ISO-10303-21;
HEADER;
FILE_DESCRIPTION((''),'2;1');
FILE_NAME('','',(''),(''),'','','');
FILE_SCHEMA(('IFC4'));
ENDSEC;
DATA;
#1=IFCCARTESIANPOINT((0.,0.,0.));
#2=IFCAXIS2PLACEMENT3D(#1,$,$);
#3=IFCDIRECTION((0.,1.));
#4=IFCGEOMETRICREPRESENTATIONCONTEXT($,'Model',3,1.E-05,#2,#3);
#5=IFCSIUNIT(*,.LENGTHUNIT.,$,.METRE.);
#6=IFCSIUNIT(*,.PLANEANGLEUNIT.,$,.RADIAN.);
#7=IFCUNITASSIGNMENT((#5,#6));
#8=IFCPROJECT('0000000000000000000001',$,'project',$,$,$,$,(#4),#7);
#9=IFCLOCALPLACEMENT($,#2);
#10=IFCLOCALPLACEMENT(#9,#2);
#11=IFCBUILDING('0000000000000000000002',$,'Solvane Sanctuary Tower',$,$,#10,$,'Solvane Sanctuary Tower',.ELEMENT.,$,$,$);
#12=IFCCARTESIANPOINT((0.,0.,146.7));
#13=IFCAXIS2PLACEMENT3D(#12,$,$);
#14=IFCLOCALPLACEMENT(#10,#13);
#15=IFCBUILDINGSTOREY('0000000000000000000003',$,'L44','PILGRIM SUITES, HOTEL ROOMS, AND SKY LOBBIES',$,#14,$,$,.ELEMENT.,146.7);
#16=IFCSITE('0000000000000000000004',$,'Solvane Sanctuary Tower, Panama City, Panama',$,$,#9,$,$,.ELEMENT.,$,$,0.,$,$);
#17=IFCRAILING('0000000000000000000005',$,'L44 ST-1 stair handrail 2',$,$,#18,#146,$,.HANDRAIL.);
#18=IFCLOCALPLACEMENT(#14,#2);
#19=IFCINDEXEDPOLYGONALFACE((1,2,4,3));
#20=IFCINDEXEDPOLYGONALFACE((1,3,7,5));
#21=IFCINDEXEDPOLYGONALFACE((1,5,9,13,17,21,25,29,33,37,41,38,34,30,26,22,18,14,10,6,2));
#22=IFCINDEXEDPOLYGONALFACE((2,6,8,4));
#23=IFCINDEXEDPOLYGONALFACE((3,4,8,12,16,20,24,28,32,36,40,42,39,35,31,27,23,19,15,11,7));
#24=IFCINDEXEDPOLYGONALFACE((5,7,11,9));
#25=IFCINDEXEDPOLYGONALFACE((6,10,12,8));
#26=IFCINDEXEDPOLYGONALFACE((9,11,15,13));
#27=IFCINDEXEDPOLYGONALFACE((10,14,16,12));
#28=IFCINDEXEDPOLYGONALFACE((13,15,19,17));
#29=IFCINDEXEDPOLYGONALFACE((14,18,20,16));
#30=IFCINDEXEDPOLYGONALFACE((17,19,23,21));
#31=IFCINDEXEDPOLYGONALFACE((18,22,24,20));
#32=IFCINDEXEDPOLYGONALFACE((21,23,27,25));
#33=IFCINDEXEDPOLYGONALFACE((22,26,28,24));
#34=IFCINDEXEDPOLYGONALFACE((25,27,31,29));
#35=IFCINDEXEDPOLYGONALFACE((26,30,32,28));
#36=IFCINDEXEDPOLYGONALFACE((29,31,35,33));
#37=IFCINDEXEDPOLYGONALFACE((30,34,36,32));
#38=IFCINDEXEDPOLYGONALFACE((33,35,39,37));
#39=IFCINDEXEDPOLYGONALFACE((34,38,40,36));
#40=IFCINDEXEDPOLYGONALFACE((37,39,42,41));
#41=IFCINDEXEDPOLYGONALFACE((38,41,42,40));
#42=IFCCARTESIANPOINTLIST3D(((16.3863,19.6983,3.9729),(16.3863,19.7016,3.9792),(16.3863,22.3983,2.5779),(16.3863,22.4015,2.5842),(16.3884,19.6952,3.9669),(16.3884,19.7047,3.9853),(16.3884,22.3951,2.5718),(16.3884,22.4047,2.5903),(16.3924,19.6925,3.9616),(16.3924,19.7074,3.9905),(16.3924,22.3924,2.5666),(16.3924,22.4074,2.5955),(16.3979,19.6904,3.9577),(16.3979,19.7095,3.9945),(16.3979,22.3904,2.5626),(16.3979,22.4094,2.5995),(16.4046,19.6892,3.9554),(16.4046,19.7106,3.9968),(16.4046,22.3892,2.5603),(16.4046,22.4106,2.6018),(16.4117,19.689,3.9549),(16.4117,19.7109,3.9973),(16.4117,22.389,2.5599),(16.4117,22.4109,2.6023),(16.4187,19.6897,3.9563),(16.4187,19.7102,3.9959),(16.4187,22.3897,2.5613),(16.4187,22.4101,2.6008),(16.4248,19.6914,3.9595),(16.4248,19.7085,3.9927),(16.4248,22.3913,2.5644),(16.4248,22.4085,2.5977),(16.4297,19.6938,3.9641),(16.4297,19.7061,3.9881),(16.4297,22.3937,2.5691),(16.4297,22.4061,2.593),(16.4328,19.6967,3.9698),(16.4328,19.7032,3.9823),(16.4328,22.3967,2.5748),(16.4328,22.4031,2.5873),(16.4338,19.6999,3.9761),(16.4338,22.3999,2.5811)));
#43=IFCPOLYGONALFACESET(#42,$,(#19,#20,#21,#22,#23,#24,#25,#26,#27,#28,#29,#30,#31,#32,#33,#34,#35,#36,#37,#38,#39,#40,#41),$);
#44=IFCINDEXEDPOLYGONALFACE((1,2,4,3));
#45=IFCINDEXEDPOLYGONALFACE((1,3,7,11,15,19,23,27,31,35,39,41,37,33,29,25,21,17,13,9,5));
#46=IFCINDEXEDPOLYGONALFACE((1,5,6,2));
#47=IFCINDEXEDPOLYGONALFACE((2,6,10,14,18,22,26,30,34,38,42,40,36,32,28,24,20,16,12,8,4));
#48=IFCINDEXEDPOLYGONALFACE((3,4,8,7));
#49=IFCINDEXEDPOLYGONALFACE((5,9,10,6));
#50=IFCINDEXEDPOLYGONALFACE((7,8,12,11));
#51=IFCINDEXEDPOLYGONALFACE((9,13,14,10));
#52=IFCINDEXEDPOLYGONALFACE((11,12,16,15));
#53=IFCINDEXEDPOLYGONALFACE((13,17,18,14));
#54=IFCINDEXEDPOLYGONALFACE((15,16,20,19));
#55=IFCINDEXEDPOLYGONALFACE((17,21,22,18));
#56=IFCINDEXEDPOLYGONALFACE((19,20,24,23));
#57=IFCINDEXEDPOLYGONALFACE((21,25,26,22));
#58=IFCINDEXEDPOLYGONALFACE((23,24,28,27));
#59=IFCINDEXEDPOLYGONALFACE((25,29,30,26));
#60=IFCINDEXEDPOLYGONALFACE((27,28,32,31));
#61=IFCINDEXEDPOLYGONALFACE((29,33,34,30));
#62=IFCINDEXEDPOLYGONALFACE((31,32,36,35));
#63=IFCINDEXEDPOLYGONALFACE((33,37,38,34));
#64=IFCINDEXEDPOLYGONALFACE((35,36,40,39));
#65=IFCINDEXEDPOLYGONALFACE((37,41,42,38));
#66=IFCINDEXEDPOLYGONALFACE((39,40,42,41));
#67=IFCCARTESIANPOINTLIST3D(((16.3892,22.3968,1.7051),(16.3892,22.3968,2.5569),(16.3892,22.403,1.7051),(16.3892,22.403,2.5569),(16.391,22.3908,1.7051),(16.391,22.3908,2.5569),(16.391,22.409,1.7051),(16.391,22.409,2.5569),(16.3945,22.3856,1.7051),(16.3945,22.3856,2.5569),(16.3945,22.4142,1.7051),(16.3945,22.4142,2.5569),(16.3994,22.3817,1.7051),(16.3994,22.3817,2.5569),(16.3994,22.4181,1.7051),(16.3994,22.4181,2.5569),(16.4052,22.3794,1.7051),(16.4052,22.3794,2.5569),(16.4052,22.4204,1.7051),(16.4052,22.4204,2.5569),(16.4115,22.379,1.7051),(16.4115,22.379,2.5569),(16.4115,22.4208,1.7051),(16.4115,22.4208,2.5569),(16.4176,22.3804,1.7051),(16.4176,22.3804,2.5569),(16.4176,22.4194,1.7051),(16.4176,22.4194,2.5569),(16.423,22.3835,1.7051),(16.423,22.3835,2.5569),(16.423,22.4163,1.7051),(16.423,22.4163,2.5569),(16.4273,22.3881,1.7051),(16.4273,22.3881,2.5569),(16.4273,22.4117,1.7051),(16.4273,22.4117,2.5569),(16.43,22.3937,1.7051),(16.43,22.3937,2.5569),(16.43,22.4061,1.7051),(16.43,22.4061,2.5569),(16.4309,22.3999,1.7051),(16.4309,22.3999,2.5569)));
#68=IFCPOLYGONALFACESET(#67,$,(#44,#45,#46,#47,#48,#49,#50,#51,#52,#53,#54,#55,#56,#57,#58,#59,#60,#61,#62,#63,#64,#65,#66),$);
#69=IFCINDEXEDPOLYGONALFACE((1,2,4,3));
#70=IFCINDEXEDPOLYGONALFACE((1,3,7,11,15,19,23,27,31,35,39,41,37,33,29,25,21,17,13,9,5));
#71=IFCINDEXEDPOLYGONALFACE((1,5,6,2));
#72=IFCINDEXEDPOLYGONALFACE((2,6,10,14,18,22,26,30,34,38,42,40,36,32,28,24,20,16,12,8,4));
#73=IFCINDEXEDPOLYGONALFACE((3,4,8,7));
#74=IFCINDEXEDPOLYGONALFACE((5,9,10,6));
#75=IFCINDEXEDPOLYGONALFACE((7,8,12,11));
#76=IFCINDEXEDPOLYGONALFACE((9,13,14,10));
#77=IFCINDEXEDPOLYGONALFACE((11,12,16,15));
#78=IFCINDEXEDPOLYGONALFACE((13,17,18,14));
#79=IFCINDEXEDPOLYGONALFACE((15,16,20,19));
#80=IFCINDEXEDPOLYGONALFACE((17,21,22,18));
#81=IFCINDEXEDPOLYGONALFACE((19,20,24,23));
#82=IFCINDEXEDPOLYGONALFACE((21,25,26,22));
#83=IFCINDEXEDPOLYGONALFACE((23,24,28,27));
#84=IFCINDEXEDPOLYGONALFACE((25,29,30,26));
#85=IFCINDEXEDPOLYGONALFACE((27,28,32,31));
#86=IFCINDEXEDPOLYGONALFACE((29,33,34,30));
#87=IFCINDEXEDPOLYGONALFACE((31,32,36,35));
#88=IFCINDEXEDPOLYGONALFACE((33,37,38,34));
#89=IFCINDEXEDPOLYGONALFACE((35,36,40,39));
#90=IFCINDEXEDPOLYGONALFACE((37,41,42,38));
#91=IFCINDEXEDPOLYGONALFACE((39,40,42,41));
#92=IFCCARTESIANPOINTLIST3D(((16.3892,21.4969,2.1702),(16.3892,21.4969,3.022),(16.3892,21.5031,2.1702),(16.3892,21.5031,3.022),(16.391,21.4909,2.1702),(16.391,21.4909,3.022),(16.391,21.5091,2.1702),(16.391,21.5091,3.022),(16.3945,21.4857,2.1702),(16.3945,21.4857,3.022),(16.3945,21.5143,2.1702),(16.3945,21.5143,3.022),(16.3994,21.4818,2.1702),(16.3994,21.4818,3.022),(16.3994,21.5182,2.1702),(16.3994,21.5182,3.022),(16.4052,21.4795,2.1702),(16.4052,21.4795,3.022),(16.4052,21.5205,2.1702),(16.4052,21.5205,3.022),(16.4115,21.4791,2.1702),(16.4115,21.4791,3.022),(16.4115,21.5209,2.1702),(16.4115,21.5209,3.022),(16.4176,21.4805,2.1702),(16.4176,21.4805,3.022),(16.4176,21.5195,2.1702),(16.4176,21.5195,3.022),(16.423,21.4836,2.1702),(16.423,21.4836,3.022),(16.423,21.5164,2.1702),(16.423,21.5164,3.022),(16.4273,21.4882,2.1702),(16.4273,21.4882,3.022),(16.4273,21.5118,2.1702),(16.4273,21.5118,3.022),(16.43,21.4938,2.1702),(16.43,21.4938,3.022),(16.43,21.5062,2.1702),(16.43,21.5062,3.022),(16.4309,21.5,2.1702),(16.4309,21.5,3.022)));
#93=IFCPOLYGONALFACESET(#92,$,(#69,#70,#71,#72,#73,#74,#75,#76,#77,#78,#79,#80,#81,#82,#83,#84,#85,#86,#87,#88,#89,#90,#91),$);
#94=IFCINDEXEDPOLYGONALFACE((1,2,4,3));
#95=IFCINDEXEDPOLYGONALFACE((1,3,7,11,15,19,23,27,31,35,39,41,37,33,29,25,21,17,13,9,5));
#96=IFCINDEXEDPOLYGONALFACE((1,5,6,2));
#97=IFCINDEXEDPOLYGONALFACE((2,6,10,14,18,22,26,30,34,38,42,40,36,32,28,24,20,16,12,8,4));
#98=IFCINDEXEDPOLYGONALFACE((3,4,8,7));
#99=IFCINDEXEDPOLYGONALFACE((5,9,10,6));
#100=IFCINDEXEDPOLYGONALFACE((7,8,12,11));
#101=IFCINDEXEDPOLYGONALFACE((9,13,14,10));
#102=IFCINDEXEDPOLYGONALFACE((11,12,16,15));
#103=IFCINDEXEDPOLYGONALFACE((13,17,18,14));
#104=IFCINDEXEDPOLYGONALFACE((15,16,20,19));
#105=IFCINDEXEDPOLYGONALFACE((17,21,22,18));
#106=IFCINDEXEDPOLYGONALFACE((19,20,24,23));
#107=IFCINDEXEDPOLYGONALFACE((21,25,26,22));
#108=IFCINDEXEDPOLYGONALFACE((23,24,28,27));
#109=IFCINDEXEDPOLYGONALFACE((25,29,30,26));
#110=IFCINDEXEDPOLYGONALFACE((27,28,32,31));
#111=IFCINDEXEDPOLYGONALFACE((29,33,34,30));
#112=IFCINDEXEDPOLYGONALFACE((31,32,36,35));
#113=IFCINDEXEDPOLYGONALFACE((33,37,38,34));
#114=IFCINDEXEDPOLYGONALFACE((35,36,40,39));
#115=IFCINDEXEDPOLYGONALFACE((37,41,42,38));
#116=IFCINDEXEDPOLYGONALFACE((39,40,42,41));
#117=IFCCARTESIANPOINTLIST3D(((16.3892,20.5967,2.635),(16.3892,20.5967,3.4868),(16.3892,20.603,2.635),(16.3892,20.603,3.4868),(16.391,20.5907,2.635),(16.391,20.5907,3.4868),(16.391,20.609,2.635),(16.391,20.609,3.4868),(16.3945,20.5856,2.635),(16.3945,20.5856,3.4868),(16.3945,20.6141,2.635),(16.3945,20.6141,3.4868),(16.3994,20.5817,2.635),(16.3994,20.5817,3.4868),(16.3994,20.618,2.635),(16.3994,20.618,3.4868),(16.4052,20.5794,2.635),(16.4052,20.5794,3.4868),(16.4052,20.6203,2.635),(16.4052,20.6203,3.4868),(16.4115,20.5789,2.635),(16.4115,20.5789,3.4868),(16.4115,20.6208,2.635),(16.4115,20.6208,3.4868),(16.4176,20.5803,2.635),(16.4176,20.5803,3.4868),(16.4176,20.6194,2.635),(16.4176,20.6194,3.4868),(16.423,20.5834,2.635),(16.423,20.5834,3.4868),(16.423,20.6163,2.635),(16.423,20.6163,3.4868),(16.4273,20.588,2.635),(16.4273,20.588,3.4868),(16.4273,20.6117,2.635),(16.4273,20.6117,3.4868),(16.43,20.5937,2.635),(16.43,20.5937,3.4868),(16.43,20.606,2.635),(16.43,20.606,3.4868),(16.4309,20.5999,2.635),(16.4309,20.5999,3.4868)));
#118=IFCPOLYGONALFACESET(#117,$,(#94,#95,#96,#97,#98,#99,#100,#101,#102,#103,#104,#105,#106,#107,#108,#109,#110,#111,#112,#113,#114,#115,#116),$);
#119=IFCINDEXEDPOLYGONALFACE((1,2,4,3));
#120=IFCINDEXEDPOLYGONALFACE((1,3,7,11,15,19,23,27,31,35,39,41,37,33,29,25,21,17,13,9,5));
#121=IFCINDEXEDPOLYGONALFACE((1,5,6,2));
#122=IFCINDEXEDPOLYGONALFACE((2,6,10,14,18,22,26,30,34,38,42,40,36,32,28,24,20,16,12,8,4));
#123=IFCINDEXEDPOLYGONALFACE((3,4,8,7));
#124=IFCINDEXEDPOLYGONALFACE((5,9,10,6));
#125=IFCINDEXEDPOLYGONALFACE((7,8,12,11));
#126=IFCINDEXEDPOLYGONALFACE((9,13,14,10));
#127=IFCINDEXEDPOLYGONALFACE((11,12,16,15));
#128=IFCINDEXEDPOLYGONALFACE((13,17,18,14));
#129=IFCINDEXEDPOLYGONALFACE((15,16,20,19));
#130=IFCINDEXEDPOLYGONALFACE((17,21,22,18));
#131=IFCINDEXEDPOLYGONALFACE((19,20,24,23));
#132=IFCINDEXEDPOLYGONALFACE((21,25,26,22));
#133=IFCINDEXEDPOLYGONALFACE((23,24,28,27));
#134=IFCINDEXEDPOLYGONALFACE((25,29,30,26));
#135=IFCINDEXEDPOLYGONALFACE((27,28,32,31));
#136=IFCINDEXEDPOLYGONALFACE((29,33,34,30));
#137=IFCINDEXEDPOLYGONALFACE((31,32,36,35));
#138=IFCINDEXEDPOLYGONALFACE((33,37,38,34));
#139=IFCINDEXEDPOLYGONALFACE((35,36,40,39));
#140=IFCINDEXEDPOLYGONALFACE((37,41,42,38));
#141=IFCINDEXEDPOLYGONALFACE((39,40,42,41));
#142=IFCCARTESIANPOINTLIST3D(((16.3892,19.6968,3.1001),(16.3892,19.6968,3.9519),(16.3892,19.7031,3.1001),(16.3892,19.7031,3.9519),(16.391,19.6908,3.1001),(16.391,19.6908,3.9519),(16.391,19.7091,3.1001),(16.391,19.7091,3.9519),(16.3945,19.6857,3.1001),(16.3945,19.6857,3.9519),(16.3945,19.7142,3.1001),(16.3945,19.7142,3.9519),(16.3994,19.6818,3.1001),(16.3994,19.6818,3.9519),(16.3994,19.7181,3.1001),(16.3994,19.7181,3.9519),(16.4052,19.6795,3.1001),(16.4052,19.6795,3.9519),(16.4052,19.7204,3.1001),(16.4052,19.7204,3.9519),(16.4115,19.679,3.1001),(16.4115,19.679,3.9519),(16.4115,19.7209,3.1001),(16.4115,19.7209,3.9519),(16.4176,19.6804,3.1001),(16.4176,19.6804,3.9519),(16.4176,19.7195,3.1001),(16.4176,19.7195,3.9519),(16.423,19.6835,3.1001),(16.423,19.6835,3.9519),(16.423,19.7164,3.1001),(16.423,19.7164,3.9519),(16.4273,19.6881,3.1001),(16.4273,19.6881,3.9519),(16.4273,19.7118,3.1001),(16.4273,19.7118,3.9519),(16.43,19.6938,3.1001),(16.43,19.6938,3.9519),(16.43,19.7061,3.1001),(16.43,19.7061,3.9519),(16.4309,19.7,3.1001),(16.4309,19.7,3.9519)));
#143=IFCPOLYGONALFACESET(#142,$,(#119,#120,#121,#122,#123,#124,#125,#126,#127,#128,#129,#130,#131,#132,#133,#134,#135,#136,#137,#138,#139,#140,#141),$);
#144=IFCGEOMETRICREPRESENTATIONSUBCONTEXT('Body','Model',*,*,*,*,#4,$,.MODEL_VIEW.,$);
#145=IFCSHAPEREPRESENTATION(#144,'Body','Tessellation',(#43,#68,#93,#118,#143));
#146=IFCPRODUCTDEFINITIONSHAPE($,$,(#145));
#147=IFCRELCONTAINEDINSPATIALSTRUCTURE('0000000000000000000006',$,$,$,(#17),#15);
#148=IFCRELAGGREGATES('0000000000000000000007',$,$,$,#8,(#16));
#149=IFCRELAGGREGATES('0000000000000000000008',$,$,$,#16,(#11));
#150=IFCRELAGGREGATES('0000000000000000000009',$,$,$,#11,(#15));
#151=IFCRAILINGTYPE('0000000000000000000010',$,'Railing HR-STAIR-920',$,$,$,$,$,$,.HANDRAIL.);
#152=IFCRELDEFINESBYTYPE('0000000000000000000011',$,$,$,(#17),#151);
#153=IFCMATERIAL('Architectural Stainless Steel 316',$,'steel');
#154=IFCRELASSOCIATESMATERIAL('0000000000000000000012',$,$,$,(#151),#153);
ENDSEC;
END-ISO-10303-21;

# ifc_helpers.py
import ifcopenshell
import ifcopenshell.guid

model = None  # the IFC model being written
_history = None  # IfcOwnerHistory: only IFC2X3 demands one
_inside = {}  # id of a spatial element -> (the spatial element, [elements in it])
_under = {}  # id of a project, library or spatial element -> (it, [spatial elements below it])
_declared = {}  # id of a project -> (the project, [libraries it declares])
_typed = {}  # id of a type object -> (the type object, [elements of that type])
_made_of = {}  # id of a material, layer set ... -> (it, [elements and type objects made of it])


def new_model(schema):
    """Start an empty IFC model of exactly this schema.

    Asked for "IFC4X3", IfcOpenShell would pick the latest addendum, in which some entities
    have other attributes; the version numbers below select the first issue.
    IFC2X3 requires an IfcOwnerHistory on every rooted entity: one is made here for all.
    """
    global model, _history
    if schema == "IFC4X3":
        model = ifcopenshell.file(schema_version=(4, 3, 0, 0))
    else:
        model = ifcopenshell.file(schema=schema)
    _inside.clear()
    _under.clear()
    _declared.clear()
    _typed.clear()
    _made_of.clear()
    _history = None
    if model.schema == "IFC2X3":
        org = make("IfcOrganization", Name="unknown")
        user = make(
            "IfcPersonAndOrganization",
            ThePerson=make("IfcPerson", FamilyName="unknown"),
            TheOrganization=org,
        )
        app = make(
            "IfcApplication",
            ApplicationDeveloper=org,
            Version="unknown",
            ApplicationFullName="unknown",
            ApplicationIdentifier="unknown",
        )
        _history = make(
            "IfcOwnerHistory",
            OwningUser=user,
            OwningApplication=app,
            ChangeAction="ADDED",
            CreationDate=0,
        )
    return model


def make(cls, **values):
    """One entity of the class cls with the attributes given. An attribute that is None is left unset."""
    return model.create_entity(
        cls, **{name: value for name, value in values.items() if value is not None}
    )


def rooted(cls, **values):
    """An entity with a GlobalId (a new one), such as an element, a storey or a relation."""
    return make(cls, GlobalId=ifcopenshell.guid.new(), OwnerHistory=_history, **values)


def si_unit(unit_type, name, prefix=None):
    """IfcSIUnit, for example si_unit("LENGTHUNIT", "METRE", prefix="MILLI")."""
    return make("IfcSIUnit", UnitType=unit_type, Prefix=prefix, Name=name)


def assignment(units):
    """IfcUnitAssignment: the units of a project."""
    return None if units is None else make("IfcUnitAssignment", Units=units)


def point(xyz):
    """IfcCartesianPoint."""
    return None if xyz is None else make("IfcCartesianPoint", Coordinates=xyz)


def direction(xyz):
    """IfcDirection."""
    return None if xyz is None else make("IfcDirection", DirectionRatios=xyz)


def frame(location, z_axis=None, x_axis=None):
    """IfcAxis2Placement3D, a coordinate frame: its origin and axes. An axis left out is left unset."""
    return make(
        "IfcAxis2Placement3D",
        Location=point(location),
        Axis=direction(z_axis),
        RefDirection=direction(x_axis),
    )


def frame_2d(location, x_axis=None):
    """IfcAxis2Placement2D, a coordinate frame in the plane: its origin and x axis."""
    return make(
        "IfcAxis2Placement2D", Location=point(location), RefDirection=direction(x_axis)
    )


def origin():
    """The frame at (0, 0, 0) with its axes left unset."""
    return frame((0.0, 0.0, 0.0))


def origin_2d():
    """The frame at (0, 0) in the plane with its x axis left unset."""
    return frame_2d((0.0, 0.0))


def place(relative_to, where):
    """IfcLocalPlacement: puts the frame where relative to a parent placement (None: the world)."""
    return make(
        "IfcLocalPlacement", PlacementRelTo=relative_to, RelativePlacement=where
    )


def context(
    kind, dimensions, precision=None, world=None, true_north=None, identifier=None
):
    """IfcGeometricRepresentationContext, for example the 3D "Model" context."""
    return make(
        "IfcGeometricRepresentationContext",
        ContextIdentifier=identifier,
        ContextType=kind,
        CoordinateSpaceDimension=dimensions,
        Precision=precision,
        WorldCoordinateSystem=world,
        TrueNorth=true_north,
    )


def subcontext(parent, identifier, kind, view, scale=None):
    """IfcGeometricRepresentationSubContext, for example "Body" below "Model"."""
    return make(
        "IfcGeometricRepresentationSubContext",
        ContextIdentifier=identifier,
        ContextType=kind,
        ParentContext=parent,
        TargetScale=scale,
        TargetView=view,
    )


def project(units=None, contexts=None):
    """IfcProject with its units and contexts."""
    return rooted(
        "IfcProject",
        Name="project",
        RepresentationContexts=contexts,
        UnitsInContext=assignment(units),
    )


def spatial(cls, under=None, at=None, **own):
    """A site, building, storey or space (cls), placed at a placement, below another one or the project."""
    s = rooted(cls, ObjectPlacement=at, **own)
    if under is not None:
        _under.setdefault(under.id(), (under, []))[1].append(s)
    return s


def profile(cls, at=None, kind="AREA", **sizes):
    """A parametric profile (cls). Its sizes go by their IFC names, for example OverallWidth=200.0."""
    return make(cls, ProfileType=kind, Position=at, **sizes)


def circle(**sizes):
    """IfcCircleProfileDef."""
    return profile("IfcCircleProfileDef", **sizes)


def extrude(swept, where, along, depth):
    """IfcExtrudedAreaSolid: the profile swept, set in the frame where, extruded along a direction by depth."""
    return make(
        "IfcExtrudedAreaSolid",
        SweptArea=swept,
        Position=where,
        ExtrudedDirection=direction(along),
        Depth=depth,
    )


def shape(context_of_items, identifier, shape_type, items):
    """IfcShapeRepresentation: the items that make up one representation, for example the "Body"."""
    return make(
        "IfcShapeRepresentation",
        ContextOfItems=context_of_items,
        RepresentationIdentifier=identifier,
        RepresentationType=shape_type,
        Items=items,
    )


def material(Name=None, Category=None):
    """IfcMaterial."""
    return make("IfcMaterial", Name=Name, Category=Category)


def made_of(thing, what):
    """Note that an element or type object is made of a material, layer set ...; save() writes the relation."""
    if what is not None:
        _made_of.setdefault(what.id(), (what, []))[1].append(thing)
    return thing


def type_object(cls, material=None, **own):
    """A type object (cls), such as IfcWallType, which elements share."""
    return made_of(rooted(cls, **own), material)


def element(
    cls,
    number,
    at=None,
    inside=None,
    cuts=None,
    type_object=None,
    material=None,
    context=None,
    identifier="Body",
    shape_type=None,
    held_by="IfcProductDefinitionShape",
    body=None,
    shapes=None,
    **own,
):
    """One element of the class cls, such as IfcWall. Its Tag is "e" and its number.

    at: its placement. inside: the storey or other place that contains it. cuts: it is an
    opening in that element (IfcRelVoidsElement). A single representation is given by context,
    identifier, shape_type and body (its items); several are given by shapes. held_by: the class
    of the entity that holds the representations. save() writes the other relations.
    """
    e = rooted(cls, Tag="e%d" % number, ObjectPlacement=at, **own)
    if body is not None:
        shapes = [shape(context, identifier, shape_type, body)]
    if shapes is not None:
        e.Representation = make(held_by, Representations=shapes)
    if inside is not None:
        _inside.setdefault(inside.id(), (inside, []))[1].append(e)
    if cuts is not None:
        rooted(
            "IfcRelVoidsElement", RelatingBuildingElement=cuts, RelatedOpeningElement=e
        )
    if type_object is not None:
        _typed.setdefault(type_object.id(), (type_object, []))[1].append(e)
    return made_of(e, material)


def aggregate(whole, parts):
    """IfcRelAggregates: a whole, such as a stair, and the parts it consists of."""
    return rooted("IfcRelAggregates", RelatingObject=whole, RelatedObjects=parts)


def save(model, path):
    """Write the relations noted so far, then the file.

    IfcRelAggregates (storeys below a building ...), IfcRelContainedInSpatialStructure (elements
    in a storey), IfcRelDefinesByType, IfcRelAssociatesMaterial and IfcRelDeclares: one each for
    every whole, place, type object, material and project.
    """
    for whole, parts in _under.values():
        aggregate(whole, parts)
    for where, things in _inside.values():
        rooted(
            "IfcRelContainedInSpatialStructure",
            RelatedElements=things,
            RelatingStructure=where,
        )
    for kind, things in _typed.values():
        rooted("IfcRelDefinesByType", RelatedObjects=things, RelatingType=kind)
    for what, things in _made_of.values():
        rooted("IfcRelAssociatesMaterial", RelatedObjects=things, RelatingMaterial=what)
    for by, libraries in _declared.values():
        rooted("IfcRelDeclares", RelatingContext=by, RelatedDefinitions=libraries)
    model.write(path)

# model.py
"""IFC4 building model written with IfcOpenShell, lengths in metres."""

from ifc_helpers import new_model, si_unit, direction, frame, origin, origin_2d, place, context, subcontext, project, spatial, circle, extrude, material, type_object, element, save


model = new_model("IFC4")

# Units and contexts
model_context = context("Model", 3, precision=1e-05, world=origin(), true_north=direction((0.0, 1.0)))
body_context = subcontext(model_context, "Body", "Model", "MODEL_VIEW")
ifc_project = project(units=[si_unit("LENGTHUNIT", "METRE"), si_unit("PLANEANGLEUNIT", "RADIAN")], contexts=[model_context])

# Site, building, storey
site_placement = place(None, origin())
site = spatial("IfcSite", under=ifc_project, at=site_placement, Name="Solvane Sanctuary Tower, Panama City, Panama", CompositionType="ELEMENT", RefElevation=0.0)
building_placement = place(site_placement, origin())
building = spatial("IfcBuilding", under=site, at=building_placement, Name="Solvane Sanctuary Tower", LongName="Solvane Sanctuary Tower", CompositionType="ELEMENT")
storey_placement = place(building_placement, frame((0.0, 0.0, 146.7)))
storey = spatial("IfcBuildingStorey", under=building, at=storey_placement, Name="L44", Description="PILGRIM SUITES, HOTEL ROOMS, AND SKY LOBBIES", CompositionType="ELEMENT", Elevation=146.7)

# Railing
ifc_material_1 = material(Name="Architectural Stainless Steel 316", Category="steel")
railing_type_1 = type_object("IfcRailingType", Name="Railing HR-STAIR-920", PredefinedType="HANDRAIL", material=ifc_material_1)
railing_1_placement = place(storey_placement, frame((16.4099, 22.3999, 1.7051)))
element("IfcRailing", 1, at=railing_1_placement, inside=storey, type_object=railing_type_1, Name="L44 ST-1 stair handrail 2", PredefinedType="HANDRAIL", context=body_context, shape_type="SweptSolid", body=[
    extrude(circle(Radius=0.0239, at=origin_2d()), frame((0.0, 0.0, 0.876), z_axis=(0.0, -0.88842, 0.459032), x_axis=(1.0, 0.0, 0.0)), (0.0, 0.0, 1.0), 3.0391),
    extrude(circle(Radius=0.021, at=origin_2d()), origin(), (0.0, 0.0, 1.0), 0.8518),
    extrude(circle(Radius=0.021, at=origin_2d()), frame((0.0, -0.8999, 0.4651)), (0.0, 0.0, 1.0), 0.8518),
    extrude(circle(Radius=0.021, at=origin_2d()), frame((0.0, -1.8, 0.9299)), (0.0, 0.0, 1.0), 0.8518),
    extrude(circle(Radius=0.021, at=origin_2d()), frame((0.0, -2.7, 1.395)), (0.0, 0.0, 1.0), 0.8518),
])

save(model, "model.ifc")
